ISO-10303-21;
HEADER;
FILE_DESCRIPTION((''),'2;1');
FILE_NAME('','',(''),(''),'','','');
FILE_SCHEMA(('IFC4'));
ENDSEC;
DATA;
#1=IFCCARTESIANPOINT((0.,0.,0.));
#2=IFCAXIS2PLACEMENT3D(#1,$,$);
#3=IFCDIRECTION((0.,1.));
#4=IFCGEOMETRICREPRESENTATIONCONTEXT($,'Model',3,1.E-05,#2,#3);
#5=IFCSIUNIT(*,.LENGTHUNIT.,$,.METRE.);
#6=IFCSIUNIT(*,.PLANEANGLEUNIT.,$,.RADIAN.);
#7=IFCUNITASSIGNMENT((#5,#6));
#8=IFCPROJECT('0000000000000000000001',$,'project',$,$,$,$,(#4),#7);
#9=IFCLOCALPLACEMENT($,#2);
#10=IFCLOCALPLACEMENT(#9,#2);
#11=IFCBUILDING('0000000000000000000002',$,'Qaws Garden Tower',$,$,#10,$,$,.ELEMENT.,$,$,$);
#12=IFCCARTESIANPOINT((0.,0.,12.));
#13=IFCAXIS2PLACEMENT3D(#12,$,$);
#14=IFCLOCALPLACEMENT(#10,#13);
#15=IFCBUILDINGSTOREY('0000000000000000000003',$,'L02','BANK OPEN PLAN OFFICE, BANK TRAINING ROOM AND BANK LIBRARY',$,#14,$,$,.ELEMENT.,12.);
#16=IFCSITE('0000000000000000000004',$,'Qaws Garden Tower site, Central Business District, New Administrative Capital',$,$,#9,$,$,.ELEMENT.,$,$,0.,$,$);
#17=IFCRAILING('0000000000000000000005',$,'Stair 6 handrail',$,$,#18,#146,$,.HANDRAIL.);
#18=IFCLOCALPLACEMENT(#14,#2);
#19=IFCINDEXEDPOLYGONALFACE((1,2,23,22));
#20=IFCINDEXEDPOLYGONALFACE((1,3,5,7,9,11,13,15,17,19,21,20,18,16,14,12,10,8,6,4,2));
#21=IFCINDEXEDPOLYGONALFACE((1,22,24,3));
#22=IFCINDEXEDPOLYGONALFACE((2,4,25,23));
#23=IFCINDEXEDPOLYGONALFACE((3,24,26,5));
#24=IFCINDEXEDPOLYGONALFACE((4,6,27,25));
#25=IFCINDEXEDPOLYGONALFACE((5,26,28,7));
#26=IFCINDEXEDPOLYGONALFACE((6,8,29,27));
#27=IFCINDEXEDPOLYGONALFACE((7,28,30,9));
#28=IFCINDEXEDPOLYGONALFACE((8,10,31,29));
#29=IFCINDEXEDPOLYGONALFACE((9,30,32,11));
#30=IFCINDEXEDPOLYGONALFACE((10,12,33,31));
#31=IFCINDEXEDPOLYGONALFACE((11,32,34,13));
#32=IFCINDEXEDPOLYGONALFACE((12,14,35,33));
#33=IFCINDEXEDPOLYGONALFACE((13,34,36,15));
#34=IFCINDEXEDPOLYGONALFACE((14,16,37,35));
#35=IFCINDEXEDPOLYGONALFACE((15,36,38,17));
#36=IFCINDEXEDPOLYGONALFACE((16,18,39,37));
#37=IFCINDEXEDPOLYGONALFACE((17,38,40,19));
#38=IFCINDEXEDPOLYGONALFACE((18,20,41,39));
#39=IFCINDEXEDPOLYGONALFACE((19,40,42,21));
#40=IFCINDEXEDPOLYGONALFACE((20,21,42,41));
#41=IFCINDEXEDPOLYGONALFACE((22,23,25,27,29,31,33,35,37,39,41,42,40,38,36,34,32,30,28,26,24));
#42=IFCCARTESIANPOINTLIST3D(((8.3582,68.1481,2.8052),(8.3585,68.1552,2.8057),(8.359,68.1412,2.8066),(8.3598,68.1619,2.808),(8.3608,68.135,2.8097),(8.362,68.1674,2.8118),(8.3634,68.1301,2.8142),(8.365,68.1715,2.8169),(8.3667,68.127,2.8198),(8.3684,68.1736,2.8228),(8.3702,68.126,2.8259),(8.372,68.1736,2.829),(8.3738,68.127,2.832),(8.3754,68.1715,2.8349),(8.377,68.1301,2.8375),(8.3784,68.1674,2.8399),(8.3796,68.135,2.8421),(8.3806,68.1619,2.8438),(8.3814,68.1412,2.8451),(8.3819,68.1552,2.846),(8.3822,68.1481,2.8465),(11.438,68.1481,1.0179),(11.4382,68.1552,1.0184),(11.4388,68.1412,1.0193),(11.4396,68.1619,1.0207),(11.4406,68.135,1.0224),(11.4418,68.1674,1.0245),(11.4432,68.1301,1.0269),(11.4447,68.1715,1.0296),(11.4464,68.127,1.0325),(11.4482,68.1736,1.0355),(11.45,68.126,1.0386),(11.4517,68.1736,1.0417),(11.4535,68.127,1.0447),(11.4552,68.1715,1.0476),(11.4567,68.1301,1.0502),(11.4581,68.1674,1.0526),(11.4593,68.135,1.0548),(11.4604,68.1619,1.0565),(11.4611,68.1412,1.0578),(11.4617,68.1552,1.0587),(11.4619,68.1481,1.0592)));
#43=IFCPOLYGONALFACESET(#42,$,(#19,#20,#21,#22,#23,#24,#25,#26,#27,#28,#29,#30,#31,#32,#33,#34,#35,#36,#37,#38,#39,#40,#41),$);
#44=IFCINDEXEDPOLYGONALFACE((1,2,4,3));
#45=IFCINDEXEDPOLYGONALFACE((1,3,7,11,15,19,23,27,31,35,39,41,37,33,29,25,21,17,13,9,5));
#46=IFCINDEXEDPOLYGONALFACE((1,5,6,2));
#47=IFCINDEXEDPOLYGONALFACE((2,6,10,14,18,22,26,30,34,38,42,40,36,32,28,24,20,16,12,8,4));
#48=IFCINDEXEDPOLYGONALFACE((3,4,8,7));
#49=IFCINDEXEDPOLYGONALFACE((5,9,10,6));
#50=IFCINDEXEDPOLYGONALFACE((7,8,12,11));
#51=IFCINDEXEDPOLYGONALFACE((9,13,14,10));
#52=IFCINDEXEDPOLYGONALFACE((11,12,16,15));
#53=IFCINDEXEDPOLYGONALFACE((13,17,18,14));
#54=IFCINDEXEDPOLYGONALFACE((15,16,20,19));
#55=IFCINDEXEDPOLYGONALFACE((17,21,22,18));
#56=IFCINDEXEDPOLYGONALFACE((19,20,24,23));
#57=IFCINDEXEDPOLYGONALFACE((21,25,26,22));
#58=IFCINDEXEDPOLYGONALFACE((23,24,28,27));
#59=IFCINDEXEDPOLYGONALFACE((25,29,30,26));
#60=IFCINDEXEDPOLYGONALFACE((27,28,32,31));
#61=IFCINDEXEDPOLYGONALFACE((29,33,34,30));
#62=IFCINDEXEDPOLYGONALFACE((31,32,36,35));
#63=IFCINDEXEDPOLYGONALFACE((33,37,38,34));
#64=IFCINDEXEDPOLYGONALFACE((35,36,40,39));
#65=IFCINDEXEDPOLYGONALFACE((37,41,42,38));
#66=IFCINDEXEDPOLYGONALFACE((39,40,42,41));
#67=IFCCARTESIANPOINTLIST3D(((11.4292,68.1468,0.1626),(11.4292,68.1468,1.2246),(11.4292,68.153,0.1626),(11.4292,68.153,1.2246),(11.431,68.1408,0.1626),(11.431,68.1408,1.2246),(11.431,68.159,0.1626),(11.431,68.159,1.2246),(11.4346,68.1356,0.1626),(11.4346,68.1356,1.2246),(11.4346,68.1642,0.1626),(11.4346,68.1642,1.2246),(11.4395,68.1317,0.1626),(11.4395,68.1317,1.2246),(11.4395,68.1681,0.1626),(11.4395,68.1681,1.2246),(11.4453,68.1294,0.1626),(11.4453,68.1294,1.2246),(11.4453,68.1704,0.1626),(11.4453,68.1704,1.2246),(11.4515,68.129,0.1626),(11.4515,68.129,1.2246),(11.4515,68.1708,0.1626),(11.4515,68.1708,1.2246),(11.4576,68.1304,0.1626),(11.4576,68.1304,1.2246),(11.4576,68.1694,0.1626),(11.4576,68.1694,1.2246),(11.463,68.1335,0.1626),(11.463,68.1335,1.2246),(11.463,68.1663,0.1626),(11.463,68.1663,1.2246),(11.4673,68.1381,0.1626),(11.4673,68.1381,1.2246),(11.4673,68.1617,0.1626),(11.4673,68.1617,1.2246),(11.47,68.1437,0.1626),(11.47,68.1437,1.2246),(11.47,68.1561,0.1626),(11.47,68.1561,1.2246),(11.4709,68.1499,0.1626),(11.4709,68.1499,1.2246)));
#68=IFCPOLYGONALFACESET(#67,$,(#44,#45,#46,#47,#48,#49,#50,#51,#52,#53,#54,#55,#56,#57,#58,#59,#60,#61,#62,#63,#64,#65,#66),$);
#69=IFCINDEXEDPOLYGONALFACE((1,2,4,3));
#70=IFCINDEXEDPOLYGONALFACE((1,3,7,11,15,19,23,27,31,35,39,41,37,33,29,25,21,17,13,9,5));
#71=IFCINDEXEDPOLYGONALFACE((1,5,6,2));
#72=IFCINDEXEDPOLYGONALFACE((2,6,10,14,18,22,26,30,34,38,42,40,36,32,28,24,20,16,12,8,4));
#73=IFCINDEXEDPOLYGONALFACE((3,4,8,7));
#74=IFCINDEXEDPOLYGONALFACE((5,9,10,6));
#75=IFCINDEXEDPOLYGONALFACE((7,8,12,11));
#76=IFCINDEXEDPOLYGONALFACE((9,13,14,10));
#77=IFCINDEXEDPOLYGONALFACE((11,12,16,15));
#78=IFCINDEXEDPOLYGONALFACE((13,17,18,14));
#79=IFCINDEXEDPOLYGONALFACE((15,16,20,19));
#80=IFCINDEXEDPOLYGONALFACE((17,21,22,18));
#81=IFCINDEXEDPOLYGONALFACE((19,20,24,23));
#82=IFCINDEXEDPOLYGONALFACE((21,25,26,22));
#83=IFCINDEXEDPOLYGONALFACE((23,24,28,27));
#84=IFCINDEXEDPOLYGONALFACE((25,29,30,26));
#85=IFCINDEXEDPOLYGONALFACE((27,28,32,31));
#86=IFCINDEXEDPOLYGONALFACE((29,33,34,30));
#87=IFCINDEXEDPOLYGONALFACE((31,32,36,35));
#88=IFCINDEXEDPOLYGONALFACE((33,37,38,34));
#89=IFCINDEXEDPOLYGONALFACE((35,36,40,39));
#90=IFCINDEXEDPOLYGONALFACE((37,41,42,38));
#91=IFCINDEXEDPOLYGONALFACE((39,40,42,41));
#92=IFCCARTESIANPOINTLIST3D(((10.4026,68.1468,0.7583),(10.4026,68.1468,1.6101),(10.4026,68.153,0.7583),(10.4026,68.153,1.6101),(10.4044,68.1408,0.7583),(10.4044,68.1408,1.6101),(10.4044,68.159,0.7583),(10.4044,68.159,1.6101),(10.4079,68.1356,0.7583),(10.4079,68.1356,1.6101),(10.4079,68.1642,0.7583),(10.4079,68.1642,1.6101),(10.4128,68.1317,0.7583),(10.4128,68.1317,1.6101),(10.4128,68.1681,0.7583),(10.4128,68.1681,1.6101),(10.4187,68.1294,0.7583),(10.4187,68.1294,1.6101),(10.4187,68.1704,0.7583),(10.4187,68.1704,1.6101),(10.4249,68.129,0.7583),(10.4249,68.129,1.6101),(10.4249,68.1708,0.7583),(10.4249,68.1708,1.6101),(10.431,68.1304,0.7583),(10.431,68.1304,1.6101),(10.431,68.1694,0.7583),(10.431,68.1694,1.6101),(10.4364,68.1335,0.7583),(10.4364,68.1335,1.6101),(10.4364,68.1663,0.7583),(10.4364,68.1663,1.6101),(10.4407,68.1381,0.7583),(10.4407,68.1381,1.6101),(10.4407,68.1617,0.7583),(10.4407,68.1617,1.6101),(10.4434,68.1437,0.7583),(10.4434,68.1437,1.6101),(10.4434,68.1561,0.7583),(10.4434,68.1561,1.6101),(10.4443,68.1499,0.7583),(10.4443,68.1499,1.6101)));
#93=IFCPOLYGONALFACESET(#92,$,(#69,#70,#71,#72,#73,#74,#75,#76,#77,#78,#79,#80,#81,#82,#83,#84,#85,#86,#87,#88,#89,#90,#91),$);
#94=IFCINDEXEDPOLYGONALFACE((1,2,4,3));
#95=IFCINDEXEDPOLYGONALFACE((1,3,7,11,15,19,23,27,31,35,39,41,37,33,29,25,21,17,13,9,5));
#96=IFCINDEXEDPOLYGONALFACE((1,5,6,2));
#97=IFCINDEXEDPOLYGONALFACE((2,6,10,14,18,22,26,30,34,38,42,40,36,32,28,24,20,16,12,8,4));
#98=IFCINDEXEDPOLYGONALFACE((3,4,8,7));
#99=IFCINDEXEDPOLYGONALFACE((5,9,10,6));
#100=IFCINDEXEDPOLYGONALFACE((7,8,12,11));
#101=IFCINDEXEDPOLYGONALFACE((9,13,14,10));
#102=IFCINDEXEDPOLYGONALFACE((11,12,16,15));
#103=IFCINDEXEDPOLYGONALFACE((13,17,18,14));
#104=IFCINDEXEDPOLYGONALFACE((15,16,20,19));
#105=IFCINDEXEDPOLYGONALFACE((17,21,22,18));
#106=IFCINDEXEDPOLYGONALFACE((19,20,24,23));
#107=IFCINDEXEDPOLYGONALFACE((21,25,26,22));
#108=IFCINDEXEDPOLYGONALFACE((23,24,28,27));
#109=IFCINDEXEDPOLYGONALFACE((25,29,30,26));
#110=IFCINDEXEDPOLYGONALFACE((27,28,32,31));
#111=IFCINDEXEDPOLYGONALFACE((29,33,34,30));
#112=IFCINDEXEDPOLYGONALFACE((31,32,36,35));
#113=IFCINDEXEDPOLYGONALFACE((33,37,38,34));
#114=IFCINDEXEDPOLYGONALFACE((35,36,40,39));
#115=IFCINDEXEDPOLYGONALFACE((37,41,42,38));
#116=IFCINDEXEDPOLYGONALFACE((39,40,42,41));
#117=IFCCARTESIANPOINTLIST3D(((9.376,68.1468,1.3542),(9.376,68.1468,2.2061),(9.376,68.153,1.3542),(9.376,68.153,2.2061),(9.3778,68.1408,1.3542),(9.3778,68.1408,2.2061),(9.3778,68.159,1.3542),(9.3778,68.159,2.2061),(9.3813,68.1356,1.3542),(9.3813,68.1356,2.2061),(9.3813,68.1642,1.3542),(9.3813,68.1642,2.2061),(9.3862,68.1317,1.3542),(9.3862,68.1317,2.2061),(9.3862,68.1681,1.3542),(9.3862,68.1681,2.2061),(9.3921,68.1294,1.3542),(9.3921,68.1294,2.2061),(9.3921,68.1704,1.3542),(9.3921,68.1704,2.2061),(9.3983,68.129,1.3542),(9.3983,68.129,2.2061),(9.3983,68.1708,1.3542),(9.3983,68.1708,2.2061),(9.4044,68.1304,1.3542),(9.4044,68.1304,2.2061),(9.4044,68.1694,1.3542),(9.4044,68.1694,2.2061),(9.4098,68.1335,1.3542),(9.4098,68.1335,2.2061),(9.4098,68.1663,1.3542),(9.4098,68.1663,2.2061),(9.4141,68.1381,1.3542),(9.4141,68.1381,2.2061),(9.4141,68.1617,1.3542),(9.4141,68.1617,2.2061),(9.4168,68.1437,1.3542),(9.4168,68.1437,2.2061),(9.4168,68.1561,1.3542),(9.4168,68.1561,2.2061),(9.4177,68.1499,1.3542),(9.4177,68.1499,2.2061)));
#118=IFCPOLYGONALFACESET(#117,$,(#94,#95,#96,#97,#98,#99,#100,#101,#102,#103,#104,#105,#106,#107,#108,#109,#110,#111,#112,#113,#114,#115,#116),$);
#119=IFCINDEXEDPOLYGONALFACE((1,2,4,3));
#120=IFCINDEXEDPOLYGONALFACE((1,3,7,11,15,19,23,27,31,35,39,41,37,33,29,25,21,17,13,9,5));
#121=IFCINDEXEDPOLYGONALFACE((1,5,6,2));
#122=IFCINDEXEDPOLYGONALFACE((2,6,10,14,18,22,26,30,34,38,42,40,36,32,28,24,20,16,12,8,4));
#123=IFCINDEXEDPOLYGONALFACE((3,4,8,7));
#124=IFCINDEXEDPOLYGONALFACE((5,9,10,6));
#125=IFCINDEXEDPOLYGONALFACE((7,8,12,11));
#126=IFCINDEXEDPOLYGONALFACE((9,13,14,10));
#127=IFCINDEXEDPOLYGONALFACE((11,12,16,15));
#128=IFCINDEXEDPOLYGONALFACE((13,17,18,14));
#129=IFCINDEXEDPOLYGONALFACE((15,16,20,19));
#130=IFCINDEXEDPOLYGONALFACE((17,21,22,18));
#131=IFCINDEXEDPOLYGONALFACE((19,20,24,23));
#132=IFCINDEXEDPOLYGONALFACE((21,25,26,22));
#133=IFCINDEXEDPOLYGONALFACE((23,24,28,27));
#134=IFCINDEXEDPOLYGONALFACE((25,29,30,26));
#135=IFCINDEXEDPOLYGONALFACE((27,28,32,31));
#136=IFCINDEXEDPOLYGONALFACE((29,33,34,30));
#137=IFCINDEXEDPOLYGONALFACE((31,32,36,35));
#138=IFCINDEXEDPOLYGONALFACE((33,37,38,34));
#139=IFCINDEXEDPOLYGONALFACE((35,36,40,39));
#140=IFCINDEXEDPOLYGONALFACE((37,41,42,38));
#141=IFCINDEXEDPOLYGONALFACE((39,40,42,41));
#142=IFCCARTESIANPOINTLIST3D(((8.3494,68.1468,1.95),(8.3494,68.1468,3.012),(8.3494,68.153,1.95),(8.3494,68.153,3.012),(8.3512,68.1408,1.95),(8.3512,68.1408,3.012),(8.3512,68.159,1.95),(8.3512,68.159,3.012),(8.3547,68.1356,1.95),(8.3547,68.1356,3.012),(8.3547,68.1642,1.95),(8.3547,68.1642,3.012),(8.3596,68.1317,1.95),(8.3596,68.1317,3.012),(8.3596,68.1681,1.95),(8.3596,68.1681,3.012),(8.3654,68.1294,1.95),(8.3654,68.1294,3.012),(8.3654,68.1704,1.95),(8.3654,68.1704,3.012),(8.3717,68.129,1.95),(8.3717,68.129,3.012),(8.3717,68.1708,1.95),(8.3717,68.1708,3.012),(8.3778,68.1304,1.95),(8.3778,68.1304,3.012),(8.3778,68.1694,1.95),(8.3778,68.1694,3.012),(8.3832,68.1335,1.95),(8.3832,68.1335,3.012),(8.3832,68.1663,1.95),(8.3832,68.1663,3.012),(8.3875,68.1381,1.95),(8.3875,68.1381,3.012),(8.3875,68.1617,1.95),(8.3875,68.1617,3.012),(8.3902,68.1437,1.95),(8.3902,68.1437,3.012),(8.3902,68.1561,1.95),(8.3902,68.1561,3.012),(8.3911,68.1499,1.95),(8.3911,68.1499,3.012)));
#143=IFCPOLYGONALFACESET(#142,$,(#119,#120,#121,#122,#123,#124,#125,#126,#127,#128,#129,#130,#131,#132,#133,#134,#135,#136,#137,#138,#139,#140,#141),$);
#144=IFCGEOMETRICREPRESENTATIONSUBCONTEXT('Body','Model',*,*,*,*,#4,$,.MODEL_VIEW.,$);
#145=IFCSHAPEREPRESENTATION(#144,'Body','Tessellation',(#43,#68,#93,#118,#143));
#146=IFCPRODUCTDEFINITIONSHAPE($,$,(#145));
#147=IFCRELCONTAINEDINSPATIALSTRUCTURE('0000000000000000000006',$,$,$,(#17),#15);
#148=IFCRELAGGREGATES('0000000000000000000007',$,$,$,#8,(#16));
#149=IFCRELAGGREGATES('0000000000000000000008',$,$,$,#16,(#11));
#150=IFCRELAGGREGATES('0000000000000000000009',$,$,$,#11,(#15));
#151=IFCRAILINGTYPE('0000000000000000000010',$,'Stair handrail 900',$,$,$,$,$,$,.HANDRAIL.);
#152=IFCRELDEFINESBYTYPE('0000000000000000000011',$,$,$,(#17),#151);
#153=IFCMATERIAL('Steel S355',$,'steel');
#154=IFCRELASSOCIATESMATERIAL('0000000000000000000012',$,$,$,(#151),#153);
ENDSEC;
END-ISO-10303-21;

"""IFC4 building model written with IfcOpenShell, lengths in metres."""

from ifc_helpers import new_model, si_unit, direction, frame, origin, origin_2d, place, context, subcontext, project, spatial, circle, extrude, material, type_object, element, save


model = new_model("IFC4")

# Units and contexts
model_context = context("Model", 3, precision=1e-05, world=origin(), true_north=direction((0.0, 1.0)))
body_context = subcontext(model_context, "Body", "Model", "MODEL_VIEW")
ifc_project = project(units=[si_unit("LENGTHUNIT", "METRE"), si_unit("PLANEANGLEUNIT", "RADIAN")], contexts=[model_context])

# Site, building, storey
site_placement = place(None, origin())
site = spatial("IfcSite", under=ifc_project, at=site_placement, Name="Qaws Garden Tower site, Central Business District, New Administrative Capital", CompositionType="ELEMENT", RefElevation=0.0)
building_placement = place(site_placement, origin())
building = spatial("IfcBuilding", under=site, at=building_placement, Name="Qaws Garden Tower", CompositionType="ELEMENT")
storey_placement = place(building_placement, frame((0.0, 0.0, 12.0)))
storey = spatial("IfcBuildingStorey", under=building, at=storey_placement, Name="L02", Description="BANK OPEN PLAN OFFICE, BANK TRAINING ROOM AND BANK LIBRARY", CompositionType="ELEMENT", Elevation=12.0)

# Railing
ifc_material_1 = material(Name="Steel S355", Category="steel")
railing_type = type_object("IfcRailingType", Name="Stair handrail 900", PredefinedType="HANDRAIL", material=ifc_material_1)
railing_1_placement = place(storey_placement, frame((11.45, 68.1499, 0.1626)))
element("IfcRailing", 1, at=railing_1_placement, inside=storey, type_object=railing_type, Name="Stair 6 handrail", PredefinedType="HANDRAIL", context=body_context, shape_type="SweptSolid", body=[
    extrude(circle(Radius=0.0239, at=origin_2d()), frame((0.0, 0.0, 0.876), z_axis=(-0.864903, 0.0, 0.501939), x_axis=(0.0, -1.0, 0.0)), (0.0, 0.0, 1.0), 3.5608),
    extrude(circle(Radius=0.021, at=origin_2d()), origin(), (0.0, 0.0, 1.0), 1.062),
    extrude(circle(Radius=0.021, at=origin_2d()), frame((-1.0266, 0.0, 0.5957)), (0.0, 0.0, 1.0), 0.8518),
    extrude(circle(Radius=0.021, at=origin_2d()), frame((-2.0532, 0.0, 1.1917)), (0.0, 0.0, 1.0), 0.8518),
    extrude(circle(Radius=0.021, at=origin_2d()), frame((-3.0798, 0.0, 1.7874)), (0.0, 0.0, 1.0), 1.062),
])

save(model, "model.ifc")
